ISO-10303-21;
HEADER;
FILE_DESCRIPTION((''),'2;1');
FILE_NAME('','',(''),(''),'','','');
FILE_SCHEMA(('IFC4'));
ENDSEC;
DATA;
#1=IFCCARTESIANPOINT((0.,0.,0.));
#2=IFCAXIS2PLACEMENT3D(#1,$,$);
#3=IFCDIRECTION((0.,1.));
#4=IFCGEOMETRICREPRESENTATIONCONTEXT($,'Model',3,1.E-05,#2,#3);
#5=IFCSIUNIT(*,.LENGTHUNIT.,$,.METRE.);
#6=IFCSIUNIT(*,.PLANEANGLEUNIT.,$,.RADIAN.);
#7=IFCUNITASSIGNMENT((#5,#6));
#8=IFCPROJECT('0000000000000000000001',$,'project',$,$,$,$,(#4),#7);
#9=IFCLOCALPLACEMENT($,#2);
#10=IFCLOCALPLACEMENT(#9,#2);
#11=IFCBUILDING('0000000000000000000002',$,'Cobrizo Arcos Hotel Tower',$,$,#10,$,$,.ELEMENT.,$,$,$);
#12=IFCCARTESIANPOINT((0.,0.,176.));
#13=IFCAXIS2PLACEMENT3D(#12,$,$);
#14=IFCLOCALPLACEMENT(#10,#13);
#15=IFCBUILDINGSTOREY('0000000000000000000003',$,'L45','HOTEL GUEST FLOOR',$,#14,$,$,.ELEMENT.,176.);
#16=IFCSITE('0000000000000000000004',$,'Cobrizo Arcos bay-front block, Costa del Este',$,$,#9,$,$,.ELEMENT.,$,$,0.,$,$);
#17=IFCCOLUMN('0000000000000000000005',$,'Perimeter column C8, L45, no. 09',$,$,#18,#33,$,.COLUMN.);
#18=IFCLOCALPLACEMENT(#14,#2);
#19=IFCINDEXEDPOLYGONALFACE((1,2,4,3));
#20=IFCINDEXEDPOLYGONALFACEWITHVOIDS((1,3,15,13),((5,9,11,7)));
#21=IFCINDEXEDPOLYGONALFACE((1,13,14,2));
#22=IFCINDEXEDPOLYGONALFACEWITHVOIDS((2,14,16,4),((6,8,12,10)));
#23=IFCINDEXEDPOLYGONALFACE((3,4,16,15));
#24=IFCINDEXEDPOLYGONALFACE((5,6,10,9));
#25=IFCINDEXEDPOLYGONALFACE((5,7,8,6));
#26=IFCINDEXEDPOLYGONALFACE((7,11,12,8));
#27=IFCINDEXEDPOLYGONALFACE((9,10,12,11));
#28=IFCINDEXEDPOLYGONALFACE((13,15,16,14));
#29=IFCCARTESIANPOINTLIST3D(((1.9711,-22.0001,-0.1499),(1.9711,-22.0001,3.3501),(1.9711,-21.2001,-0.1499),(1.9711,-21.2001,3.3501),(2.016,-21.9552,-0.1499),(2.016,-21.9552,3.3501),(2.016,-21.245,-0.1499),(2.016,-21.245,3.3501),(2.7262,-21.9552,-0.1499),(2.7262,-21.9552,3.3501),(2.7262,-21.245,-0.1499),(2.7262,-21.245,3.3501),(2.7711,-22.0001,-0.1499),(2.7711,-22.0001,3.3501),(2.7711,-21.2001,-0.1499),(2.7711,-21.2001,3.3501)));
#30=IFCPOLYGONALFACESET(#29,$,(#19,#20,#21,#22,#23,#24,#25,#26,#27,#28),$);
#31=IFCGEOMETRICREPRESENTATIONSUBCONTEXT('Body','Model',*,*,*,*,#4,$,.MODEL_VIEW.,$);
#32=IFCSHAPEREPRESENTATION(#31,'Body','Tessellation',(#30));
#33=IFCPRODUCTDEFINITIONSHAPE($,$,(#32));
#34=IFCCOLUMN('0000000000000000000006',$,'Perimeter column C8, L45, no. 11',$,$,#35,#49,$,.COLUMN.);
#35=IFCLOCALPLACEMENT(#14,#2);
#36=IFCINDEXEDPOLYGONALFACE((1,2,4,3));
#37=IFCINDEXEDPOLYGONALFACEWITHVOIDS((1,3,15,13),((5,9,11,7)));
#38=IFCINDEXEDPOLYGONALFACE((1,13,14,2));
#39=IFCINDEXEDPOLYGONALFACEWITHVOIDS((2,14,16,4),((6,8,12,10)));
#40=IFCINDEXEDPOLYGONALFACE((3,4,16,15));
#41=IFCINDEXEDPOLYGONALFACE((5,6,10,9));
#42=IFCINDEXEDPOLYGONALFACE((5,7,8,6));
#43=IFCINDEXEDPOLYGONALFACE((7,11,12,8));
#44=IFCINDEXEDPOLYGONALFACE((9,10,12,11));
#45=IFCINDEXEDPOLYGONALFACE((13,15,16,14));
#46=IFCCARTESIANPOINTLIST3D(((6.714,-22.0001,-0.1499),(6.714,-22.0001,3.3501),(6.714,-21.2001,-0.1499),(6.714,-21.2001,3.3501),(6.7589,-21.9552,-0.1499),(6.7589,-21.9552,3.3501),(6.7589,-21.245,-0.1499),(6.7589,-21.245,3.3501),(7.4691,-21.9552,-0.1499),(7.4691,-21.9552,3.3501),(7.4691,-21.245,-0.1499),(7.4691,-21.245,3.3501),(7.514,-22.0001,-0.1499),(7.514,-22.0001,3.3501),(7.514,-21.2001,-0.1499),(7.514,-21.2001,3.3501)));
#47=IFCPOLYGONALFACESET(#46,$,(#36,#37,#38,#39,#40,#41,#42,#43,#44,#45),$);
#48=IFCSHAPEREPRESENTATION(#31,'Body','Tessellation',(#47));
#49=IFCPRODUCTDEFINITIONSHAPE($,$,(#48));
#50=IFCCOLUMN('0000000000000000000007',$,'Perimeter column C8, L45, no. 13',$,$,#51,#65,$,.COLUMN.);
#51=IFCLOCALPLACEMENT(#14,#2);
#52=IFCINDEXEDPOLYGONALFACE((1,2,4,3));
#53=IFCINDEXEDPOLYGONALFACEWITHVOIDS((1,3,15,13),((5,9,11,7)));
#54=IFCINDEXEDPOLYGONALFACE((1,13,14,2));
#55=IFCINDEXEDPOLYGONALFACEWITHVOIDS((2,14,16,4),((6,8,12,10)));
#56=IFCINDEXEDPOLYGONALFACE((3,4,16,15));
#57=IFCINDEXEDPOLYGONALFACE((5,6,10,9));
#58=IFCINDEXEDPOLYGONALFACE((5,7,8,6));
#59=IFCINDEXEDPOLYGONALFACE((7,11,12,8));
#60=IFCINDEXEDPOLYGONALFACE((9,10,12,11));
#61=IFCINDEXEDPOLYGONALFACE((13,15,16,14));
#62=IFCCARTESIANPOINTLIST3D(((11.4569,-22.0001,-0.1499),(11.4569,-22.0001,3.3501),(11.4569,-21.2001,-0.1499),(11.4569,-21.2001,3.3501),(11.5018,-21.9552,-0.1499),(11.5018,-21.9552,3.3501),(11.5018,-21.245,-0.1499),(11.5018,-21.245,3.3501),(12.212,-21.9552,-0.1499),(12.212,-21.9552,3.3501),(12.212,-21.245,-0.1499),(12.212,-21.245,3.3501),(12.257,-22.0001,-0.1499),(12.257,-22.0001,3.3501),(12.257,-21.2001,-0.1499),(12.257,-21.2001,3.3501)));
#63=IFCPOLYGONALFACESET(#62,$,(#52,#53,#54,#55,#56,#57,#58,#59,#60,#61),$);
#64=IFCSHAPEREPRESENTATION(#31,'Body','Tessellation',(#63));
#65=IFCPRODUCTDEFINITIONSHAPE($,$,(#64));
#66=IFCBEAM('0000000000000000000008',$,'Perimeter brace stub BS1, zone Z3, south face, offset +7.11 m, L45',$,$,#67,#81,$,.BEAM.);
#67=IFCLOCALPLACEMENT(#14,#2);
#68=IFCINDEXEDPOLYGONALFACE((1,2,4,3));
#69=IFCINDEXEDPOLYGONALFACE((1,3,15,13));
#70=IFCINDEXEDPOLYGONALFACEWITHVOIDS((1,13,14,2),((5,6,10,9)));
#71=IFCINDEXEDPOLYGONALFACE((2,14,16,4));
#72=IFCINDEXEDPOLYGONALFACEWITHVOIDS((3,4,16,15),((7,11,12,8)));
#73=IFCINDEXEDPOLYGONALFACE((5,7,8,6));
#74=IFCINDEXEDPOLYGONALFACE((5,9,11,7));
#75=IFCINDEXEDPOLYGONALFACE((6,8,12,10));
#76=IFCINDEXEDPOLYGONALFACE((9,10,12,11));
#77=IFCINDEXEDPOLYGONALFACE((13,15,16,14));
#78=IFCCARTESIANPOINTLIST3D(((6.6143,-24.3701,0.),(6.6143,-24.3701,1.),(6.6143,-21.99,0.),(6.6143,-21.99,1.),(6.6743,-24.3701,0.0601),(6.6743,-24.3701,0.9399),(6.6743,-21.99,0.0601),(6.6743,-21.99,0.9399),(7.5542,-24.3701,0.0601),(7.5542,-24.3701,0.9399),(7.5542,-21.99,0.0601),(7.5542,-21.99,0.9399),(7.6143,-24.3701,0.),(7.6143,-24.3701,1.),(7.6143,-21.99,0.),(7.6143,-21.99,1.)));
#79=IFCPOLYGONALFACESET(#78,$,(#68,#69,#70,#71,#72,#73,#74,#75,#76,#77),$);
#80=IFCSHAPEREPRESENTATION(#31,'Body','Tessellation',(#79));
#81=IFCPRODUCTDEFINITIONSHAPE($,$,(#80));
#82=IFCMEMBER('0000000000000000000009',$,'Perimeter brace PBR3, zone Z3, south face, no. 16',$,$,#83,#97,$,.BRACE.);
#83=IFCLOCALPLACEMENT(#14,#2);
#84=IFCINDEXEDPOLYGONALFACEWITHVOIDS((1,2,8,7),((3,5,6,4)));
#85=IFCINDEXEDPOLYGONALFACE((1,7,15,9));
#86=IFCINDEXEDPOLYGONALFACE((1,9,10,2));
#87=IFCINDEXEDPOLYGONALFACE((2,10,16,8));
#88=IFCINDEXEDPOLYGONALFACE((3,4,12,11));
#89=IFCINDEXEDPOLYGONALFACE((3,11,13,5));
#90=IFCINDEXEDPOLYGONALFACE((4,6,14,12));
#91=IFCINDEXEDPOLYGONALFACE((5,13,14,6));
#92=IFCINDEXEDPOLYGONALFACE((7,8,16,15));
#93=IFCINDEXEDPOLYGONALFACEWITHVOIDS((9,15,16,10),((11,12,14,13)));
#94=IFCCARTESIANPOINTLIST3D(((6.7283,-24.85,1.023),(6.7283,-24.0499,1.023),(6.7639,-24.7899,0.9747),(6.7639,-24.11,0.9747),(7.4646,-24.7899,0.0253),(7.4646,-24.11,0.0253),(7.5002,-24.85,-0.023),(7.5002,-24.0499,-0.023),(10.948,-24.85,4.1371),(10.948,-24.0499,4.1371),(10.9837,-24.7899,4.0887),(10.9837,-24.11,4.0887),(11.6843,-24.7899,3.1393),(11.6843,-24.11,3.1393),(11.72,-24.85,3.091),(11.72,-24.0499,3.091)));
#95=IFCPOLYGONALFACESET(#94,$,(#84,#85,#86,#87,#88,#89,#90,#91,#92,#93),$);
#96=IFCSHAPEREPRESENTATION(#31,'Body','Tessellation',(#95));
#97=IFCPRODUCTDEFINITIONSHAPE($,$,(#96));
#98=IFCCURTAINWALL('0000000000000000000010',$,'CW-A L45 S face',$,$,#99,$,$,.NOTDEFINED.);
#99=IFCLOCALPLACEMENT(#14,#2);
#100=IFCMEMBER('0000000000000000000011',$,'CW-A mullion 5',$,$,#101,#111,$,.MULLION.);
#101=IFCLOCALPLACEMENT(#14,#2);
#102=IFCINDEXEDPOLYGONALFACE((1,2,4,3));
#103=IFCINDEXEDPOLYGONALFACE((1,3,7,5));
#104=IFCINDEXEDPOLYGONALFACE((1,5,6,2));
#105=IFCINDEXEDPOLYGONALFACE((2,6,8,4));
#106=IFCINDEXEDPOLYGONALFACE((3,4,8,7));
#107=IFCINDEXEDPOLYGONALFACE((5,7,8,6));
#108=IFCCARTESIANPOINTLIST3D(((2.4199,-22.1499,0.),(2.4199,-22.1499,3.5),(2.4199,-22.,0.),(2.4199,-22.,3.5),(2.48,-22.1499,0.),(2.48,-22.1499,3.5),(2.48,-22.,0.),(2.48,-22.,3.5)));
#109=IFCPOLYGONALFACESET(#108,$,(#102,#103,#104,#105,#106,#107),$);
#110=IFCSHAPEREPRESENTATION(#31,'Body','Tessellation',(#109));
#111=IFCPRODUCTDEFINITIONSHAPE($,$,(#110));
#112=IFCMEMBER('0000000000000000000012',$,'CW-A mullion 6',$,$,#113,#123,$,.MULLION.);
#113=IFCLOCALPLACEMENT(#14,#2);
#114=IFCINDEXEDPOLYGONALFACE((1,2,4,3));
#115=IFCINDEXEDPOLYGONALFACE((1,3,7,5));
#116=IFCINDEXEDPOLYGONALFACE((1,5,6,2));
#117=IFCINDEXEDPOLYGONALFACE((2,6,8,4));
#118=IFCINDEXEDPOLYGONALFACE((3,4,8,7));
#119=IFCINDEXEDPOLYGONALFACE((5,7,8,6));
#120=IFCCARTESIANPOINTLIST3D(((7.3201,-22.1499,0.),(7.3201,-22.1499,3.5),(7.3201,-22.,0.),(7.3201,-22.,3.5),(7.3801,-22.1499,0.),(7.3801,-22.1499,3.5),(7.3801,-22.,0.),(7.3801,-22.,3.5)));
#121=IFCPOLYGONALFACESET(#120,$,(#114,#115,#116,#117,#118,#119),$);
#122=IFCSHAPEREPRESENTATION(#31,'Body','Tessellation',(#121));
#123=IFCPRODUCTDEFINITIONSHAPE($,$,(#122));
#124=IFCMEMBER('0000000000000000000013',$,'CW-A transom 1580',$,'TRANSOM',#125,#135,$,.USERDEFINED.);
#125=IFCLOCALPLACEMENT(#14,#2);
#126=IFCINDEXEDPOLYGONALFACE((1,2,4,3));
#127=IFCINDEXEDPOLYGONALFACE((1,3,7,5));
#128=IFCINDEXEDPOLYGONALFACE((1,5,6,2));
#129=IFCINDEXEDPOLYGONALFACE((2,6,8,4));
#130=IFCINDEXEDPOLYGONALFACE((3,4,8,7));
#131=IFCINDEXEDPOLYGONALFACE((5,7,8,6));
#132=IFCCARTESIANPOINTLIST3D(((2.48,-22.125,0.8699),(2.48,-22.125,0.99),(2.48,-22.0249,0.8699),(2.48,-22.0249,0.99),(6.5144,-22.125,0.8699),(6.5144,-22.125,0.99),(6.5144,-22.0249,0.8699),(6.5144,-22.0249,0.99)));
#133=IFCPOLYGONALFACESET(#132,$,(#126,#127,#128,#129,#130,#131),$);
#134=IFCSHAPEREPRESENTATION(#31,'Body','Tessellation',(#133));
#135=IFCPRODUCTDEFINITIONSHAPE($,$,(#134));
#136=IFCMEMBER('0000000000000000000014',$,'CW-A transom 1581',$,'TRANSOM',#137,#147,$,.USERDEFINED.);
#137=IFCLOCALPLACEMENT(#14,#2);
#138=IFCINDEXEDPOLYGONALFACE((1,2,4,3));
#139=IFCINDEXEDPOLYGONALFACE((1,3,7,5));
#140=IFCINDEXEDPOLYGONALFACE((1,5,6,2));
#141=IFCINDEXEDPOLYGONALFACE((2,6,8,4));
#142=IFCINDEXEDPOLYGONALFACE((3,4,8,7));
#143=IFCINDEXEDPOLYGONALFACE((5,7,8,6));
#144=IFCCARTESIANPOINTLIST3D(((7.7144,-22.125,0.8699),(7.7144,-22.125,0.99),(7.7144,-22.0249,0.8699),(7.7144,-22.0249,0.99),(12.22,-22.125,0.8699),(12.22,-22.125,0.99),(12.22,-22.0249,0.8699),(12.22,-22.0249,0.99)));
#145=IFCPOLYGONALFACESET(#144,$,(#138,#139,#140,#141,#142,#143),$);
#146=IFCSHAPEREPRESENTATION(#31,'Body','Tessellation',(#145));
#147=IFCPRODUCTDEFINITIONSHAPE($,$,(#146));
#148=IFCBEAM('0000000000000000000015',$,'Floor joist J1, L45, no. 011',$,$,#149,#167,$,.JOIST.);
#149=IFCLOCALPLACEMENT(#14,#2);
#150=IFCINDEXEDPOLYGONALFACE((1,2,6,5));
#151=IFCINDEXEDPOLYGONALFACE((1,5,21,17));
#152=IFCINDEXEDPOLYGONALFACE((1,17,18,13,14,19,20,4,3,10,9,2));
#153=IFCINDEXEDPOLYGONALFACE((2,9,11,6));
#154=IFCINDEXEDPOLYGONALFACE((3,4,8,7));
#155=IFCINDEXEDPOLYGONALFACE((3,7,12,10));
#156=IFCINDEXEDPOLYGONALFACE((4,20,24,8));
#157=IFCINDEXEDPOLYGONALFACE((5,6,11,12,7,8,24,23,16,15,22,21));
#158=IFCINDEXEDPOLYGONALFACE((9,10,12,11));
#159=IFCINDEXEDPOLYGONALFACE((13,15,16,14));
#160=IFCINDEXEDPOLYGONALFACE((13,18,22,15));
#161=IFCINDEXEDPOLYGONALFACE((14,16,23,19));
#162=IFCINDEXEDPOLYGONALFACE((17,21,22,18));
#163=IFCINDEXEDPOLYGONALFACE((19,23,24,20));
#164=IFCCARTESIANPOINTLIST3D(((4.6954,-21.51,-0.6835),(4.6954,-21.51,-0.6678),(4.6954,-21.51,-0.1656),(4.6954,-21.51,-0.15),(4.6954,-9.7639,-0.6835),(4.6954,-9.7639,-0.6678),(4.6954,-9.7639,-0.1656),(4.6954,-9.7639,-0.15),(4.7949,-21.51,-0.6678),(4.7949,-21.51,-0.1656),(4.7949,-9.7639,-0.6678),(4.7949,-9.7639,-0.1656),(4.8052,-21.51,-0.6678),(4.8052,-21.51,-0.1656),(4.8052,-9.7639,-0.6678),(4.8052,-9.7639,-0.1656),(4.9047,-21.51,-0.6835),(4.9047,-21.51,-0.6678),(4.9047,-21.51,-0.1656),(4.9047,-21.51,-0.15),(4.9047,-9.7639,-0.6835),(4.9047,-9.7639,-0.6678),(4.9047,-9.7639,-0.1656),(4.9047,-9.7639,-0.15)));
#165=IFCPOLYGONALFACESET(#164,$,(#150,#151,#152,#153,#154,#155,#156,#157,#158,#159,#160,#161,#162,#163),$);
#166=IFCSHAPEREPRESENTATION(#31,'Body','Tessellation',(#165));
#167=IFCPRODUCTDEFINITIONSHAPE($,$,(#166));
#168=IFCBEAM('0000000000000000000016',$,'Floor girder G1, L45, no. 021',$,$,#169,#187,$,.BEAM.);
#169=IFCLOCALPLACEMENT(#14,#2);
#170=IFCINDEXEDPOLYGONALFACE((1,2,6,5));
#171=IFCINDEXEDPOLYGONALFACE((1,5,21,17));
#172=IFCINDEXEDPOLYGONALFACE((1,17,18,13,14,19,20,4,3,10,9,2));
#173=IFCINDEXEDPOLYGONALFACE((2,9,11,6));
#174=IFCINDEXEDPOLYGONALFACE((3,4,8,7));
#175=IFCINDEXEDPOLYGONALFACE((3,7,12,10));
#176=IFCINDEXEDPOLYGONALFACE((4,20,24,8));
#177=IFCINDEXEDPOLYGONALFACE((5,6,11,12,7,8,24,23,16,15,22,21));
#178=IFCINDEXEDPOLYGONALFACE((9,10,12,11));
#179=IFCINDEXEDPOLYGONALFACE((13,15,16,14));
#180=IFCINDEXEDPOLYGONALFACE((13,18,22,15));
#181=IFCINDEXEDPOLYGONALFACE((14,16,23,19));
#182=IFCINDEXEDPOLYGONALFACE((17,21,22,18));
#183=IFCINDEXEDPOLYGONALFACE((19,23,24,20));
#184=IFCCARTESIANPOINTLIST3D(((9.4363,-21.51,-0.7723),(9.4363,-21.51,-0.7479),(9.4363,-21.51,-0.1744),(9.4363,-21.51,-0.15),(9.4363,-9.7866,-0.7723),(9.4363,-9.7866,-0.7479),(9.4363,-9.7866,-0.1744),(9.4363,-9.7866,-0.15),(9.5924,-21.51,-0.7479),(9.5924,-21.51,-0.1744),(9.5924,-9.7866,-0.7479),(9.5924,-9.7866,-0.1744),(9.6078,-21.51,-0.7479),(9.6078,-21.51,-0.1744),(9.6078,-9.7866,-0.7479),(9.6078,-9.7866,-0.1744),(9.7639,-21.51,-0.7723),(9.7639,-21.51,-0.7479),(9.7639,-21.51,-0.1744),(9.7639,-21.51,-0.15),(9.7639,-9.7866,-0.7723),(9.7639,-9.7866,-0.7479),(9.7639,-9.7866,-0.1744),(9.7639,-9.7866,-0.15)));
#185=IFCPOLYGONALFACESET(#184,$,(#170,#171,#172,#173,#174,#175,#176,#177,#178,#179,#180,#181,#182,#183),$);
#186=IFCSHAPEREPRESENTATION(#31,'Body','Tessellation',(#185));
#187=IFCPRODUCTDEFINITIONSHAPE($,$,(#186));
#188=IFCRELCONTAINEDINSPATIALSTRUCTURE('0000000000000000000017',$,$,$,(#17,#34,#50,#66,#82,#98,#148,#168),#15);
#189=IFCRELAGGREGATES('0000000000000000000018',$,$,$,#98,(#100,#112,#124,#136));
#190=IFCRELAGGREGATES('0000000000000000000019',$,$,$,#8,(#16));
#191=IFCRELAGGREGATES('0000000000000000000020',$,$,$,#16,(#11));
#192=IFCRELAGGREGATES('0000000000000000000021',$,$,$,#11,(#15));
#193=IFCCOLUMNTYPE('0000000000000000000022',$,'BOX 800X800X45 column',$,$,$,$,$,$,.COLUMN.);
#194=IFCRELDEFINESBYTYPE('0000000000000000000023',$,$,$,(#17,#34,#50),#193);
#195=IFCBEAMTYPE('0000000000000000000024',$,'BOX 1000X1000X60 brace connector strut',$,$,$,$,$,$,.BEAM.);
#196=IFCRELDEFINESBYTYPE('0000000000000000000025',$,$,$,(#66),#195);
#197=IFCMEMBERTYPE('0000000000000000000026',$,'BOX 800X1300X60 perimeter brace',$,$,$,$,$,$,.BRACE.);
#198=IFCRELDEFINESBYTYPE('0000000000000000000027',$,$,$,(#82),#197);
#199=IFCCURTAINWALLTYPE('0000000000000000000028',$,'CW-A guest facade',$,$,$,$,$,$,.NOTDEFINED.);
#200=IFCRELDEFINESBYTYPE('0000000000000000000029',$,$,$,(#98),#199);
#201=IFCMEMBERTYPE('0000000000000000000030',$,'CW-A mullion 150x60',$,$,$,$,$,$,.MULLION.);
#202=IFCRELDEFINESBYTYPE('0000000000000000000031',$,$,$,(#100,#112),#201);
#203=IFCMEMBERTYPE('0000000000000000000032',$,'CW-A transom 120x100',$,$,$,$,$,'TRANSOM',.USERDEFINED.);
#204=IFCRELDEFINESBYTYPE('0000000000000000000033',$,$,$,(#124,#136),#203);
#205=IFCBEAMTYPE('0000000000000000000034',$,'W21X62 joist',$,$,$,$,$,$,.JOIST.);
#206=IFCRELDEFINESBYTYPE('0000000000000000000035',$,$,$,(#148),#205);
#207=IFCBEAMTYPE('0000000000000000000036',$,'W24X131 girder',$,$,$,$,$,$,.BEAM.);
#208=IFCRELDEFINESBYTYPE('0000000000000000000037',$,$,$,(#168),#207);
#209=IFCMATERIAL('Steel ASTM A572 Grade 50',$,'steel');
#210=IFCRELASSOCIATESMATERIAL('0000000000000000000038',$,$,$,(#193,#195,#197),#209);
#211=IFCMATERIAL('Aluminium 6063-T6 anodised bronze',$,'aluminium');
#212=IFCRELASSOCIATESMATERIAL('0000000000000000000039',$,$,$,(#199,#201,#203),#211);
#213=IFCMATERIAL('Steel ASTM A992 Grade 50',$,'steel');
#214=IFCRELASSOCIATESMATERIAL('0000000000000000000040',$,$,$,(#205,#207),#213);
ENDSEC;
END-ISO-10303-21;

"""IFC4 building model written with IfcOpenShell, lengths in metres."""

from ifc_helpers import new_model, si_unit, direction, frame, origin, origin_2d, place, context, subcontext, project, spatial, rectangle, hollow_rectangle, i_section, extrude, material, material_profile, profile_set, type_object, element, aggregate, save


model = new_model("IFC4")

# Units and contexts
model_context = context("Model", 3, precision=1e-05, world=origin(), true_north=direction((0.0, 1.0)))
body_context = subcontext(model_context, "Body", "Model", "MODEL_VIEW")
ifc_project = project(units=[si_unit("LENGTHUNIT", "METRE"), si_unit("PLANEANGLEUNIT", "RADIAN")], contexts=[model_context])

# Site, building, storey
site_placement = place(None, origin())
site = spatial("IfcSite", under=ifc_project, at=site_placement, Name="Cobrizo Arcos bay-front block, Costa del Este", CompositionType="ELEMENT", RefElevation=0.0)
building_placement = place(site_placement, origin())
building = spatial("IfcBuilding", under=site, at=building_placement, Name="Cobrizo Arcos Hotel Tower", CompositionType="ELEMENT")
storey_placement = place(building_placement, frame((0.0, 0.0, 176.0)))
storey = spatial("IfcBuildingStorey", under=building, at=storey_placement, Name="L45", Description="HOTEL GUEST FLOOR", CompositionType="ELEMENT", Elevation=176.0)

# Columns
ifc_material_1 = material(Name="Steel ASTM A572 Grade 50", Category="steel")
ifc_material_profile_1 = material_profile(ifc_material_1, hollow_rectangle(XDim=0.8, YDim=0.8, WallThickness=0.0449, at=origin_2d()), Name="BOX 800X800X45")
ifc_profile_set_1 = profile_set([ifc_material_profile_1], Name="Steel ASTM A572 Grade 50")
column_type = type_object("IfcColumnType", Name="BOX 800X800X45 column", PredefinedType="COLUMN", material=ifc_profile_set_1)
for number, where, z_axis, x_axis, name in (
    (1, (2.3711, -21.6001, -0.1499), (0.0, 0.0, 1.0), (1.0, 0.0, 0.0), "Perimeter column C8, L45, no. 09"),
    (2, (7.114, -21.6001, -0.1499), (0.0, 0.0, 1.0), (1.0, 0.0, 0.0), "Perimeter column C8, L45, no. 11"),
    (3, (11.8569, -21.6001, -0.1499), (0.0, 0.0, 1.0), (1.0, 0.0, 0.0), "Perimeter column C8, L45, no. 13"),
):
    element("IfcColumn", number, at=place(storey_placement, frame(where, z_axis=z_axis, x_axis=x_axis)), inside=storey, type_object=column_type, Name=name, PredefinedType="COLUMN", context=body_context, shape_type="SweptSolid", body=[
        extrude(hollow_rectangle(XDim=0.8, YDim=0.8, WallThickness=0.0449, at=origin_2d()), origin(), (0.0, 0.0, 1.0), 3.5),
    ])

# Beam
ifc_material_profile_2 = material_profile(ifc_material_1, hollow_rectangle(XDim=1.0, YDim=1.0, WallThickness=0.0601, at=origin_2d()), Name="BOX 1000X1000X60")
ifc_profile_set_2 = profile_set([ifc_material_profile_2], Name="Steel ASTM A572 Grade 50")
beam_type_1 = type_object("IfcBeamType", Name="BOX 1000X1000X60 brace connector strut", PredefinedType="BEAM", material=ifc_profile_set_2)
beam_1_placement = place(storey_placement, frame((7.1143, -21.99, 0.5), z_axis=(0.0, -1.0, 0.0), x_axis=(1.0, 0.0, 0.0)))
element("IfcBeam", 4, at=beam_1_placement, inside=storey, type_object=beam_type_1, Name="Perimeter brace stub BS1, zone Z3, south face, offset +7.11 m, L45", PredefinedType="BEAM", context=body_context, shape_type="SweptSolid", body=[
    extrude(hollow_rectangle(XDim=1.0, YDim=1.0, WallThickness=0.0601, at=origin_2d()), origin(), (0.0, 0.0, 1.0), 2.3801),
])

# Member
ifc_material_profile_3 = material_profile(ifc_material_1, hollow_rectangle(XDim=0.8, YDim=1.3, WallThickness=0.0601, at=origin_2d()), Name="BOX 800X1300X60")
ifc_profile_set_3 = profile_set([ifc_material_profile_3], Name="Steel ASTM A572 Grade 50")
member_type_1 = type_object("IfcMemberType", Name="BOX 800X1300X60 perimeter brace", PredefinedType="BRACE", material=ifc_profile_set_3)
member_1_placement = place(storey_placement, frame((7.1143, -24.45, 0.5), z_axis=(0.804624, 0.0, 0.593785), x_axis=(0.0, 1.0, 0.0)))
element("IfcMember", 5, at=member_1_placement, inside=storey, type_object=member_type_1, Name="Perimeter brace PBR3, zone Z3, south face, no. 16", PredefinedType="BRACE", context=body_context, shape_type="SweptSolid", body=[
    extrude(hollow_rectangle(XDim=0.8, YDim=1.3, WallThickness=0.0601, at=origin_2d()), origin(), (0.0, 0.0, 1.0), 5.2444),
])

# Curtain wall, members
ifc_material_2 = material(Name="Aluminium 6063-T6 anodised bronze", Category="aluminium")
curtain_wall_type = type_object("IfcCurtainWallType", Name="CW-A guest facade", PredefinedType="NOTDEFINED", material=ifc_material_2)
curtain_wall_placement = place(storey_placement, origin())
curtain_wall = element("IfcCurtainWall", 6, at=curtain_wall_placement, inside=storey, type_object=curtain_wall_type, Name="CW-A L45 S face", PredefinedType="NOTDEFINED")
ifc_material_profile_4 = material_profile(ifc_material_2, rectangle(XDim=0.1499, YDim=0.0601, at=origin_2d()), Name="CW-A mullion 150x60")
ifc_profile_set_4 = profile_set([ifc_material_profile_4], Name="Aluminium 6063-T6 anodised bronze")
member_type_2 = type_object("IfcMemberType", Name="CW-A mullion 150x60", PredefinedType="MULLION", material=ifc_profile_set_4)
member_2_placement = place(storey_placement, frame((2.45, -22.075, 0.0), z_axis=(0.0, 0.0, 1.0), x_axis=(0.0, -1.0, 0.0)))
member_2 = element("IfcMember", 7, at=member_2_placement, type_object=member_type_2, Name="CW-A mullion 5", PredefinedType="MULLION", context=body_context, shape_type="SweptSolid", body=[
    extrude(rectangle(XDim=0.1499, YDim=0.0601, at=origin_2d()), origin(), (0.0, 0.0, 1.0), 3.5),
])
member_3_placement = place(storey_placement, frame((7.3501, -22.075, 0.0), z_axis=(0.0, 0.0, 1.0), x_axis=(0.0, -1.0, 0.0)))
member_3 = element("IfcMember", 8, at=member_3_placement, type_object=member_type_2, Name="CW-A mullion 6", PredefinedType="MULLION", context=body_context, shape_type="SweptSolid", body=[
    extrude(rectangle(XDim=0.1499, YDim=0.0601, at=origin_2d()), origin(), (0.0, 0.0, 1.0), 3.5),
])
ifc_material_profile_5 = material_profile(ifc_material_2, rectangle(XDim=0.1001, YDim=0.1201, at=origin_2d()), Name="CW-A transom 120x100")
ifc_profile_set_5 = profile_set([ifc_material_profile_5], Name="Aluminium 6063-T6 anodised bronze")
member_type_3 = type_object("IfcMemberType", Name="CW-A transom 120x100", ElementType="TRANSOM", PredefinedType="USERDEFINED", material=ifc_profile_set_5)
member_4_placement = place(storey_placement, frame((2.48, -22.075, 0.9299), z_axis=(1.0, 0.0, 0.0), x_axis=(0.0, 1.0, 0.0)))
member_4 = element("IfcMember", 9, at=member_4_placement, type_object=member_type_3, Name="CW-A transom 1580", ObjectType="TRANSOM", PredefinedType="USERDEFINED", context=body_context, shape_type="SweptSolid", body=[
    extrude(rectangle(XDim=0.1001, YDim=0.1201, at=origin_2d()), origin(), (0.0, 0.0, 1.0), 4.0344),
])
member_5_placement = place(storey_placement, frame((7.7144, -22.075, 0.9299), z_axis=(1.0, 0.0, 0.0), x_axis=(0.0, 1.0, 0.0)))
member_5 = element("IfcMember", 10, at=member_5_placement, type_object=member_type_3, Name="CW-A transom 1581", ObjectType="TRANSOM", PredefinedType="USERDEFINED", context=body_context, shape_type="SweptSolid", body=[
    extrude(rectangle(XDim=0.1001, YDim=0.1201, at=origin_2d()), origin(), (0.0, 0.0, 1.0), 4.5056),
])

# Beams
ifc_material_3 = material(Name="Steel ASTM A992 Grade 50", Category="steel")
ifc_material_profile_6 = material_profile(ifc_material_3, i_section(OverallWidth=0.2092, OverallDepth=0.5334, WebThickness=0.0103, FlangeThickness=0.0156, at=origin_2d()), Name="W21X62")
ifc_profile_set_6 = profile_set([ifc_material_profile_6], Name="Steel ASTM A992 Grade 50")
beam_type_2 = type_object("IfcBeamType", Name="W21X62 joist", PredefinedType="JOIST", material=ifc_profile_set_6)
beam_2_placement = place(storey_placement, frame((4.8, -21.51, -0.4167), z_axis=(0.0, 1.0, 0.0), x_axis=(-1.0, 0.0, 0.0)))
element("IfcBeam", 11, at=beam_2_placement, inside=storey, type_object=beam_type_2, Name="Floor joist J1, L45, no. 011", PredefinedType="JOIST", context=body_context, shape_type="SweptSolid", body=[
    extrude(i_section(OverallWidth=0.2092, OverallDepth=0.5334, WebThickness=0.0103, FlangeThickness=0.0156, at=origin_2d()), origin(), (0.0, 0.0, 1.0), 11.7461),
])
ifc_material_profile_7 = material_profile(ifc_material_3, i_section(OverallWidth=0.3276, OverallDepth=0.6223, WebThickness=0.0154, FlangeThickness=0.0244, at=origin_2d()), Name="W24X131")
ifc_profile_set_7 = profile_set([ifc_material_profile_7], Name="Steel ASTM A992 Grade 50")
beam_type_3 = type_object("IfcBeamType", Name="W24X131 girder", PredefinedType="BEAM", material=ifc_profile_set_7)
beam_3_placement = place(storey_placement, frame((9.6001, -21.51, -0.4612), z_axis=(0.0, 1.0, 0.0), x_axis=(-1.0, 0.0, 0.0)))
element("IfcBeam", 12, at=beam_3_placement, inside=storey, type_object=beam_type_3, Name="Floor girder G1, L45, no. 021", PredefinedType="BEAM", context=body_context, shape_type="SweptSolid", body=[
    extrude(i_section(OverallWidth=0.3276, OverallDepth=0.6223, WebThickness=0.0154, FlangeThickness=0.0244, at=origin_2d()), origin(), (0.0, 0.0, 1.0), 11.7234),
])

aggregate(curtain_wall, [member_2, member_3, member_4, member_5])

save(model, "model.ifc")
